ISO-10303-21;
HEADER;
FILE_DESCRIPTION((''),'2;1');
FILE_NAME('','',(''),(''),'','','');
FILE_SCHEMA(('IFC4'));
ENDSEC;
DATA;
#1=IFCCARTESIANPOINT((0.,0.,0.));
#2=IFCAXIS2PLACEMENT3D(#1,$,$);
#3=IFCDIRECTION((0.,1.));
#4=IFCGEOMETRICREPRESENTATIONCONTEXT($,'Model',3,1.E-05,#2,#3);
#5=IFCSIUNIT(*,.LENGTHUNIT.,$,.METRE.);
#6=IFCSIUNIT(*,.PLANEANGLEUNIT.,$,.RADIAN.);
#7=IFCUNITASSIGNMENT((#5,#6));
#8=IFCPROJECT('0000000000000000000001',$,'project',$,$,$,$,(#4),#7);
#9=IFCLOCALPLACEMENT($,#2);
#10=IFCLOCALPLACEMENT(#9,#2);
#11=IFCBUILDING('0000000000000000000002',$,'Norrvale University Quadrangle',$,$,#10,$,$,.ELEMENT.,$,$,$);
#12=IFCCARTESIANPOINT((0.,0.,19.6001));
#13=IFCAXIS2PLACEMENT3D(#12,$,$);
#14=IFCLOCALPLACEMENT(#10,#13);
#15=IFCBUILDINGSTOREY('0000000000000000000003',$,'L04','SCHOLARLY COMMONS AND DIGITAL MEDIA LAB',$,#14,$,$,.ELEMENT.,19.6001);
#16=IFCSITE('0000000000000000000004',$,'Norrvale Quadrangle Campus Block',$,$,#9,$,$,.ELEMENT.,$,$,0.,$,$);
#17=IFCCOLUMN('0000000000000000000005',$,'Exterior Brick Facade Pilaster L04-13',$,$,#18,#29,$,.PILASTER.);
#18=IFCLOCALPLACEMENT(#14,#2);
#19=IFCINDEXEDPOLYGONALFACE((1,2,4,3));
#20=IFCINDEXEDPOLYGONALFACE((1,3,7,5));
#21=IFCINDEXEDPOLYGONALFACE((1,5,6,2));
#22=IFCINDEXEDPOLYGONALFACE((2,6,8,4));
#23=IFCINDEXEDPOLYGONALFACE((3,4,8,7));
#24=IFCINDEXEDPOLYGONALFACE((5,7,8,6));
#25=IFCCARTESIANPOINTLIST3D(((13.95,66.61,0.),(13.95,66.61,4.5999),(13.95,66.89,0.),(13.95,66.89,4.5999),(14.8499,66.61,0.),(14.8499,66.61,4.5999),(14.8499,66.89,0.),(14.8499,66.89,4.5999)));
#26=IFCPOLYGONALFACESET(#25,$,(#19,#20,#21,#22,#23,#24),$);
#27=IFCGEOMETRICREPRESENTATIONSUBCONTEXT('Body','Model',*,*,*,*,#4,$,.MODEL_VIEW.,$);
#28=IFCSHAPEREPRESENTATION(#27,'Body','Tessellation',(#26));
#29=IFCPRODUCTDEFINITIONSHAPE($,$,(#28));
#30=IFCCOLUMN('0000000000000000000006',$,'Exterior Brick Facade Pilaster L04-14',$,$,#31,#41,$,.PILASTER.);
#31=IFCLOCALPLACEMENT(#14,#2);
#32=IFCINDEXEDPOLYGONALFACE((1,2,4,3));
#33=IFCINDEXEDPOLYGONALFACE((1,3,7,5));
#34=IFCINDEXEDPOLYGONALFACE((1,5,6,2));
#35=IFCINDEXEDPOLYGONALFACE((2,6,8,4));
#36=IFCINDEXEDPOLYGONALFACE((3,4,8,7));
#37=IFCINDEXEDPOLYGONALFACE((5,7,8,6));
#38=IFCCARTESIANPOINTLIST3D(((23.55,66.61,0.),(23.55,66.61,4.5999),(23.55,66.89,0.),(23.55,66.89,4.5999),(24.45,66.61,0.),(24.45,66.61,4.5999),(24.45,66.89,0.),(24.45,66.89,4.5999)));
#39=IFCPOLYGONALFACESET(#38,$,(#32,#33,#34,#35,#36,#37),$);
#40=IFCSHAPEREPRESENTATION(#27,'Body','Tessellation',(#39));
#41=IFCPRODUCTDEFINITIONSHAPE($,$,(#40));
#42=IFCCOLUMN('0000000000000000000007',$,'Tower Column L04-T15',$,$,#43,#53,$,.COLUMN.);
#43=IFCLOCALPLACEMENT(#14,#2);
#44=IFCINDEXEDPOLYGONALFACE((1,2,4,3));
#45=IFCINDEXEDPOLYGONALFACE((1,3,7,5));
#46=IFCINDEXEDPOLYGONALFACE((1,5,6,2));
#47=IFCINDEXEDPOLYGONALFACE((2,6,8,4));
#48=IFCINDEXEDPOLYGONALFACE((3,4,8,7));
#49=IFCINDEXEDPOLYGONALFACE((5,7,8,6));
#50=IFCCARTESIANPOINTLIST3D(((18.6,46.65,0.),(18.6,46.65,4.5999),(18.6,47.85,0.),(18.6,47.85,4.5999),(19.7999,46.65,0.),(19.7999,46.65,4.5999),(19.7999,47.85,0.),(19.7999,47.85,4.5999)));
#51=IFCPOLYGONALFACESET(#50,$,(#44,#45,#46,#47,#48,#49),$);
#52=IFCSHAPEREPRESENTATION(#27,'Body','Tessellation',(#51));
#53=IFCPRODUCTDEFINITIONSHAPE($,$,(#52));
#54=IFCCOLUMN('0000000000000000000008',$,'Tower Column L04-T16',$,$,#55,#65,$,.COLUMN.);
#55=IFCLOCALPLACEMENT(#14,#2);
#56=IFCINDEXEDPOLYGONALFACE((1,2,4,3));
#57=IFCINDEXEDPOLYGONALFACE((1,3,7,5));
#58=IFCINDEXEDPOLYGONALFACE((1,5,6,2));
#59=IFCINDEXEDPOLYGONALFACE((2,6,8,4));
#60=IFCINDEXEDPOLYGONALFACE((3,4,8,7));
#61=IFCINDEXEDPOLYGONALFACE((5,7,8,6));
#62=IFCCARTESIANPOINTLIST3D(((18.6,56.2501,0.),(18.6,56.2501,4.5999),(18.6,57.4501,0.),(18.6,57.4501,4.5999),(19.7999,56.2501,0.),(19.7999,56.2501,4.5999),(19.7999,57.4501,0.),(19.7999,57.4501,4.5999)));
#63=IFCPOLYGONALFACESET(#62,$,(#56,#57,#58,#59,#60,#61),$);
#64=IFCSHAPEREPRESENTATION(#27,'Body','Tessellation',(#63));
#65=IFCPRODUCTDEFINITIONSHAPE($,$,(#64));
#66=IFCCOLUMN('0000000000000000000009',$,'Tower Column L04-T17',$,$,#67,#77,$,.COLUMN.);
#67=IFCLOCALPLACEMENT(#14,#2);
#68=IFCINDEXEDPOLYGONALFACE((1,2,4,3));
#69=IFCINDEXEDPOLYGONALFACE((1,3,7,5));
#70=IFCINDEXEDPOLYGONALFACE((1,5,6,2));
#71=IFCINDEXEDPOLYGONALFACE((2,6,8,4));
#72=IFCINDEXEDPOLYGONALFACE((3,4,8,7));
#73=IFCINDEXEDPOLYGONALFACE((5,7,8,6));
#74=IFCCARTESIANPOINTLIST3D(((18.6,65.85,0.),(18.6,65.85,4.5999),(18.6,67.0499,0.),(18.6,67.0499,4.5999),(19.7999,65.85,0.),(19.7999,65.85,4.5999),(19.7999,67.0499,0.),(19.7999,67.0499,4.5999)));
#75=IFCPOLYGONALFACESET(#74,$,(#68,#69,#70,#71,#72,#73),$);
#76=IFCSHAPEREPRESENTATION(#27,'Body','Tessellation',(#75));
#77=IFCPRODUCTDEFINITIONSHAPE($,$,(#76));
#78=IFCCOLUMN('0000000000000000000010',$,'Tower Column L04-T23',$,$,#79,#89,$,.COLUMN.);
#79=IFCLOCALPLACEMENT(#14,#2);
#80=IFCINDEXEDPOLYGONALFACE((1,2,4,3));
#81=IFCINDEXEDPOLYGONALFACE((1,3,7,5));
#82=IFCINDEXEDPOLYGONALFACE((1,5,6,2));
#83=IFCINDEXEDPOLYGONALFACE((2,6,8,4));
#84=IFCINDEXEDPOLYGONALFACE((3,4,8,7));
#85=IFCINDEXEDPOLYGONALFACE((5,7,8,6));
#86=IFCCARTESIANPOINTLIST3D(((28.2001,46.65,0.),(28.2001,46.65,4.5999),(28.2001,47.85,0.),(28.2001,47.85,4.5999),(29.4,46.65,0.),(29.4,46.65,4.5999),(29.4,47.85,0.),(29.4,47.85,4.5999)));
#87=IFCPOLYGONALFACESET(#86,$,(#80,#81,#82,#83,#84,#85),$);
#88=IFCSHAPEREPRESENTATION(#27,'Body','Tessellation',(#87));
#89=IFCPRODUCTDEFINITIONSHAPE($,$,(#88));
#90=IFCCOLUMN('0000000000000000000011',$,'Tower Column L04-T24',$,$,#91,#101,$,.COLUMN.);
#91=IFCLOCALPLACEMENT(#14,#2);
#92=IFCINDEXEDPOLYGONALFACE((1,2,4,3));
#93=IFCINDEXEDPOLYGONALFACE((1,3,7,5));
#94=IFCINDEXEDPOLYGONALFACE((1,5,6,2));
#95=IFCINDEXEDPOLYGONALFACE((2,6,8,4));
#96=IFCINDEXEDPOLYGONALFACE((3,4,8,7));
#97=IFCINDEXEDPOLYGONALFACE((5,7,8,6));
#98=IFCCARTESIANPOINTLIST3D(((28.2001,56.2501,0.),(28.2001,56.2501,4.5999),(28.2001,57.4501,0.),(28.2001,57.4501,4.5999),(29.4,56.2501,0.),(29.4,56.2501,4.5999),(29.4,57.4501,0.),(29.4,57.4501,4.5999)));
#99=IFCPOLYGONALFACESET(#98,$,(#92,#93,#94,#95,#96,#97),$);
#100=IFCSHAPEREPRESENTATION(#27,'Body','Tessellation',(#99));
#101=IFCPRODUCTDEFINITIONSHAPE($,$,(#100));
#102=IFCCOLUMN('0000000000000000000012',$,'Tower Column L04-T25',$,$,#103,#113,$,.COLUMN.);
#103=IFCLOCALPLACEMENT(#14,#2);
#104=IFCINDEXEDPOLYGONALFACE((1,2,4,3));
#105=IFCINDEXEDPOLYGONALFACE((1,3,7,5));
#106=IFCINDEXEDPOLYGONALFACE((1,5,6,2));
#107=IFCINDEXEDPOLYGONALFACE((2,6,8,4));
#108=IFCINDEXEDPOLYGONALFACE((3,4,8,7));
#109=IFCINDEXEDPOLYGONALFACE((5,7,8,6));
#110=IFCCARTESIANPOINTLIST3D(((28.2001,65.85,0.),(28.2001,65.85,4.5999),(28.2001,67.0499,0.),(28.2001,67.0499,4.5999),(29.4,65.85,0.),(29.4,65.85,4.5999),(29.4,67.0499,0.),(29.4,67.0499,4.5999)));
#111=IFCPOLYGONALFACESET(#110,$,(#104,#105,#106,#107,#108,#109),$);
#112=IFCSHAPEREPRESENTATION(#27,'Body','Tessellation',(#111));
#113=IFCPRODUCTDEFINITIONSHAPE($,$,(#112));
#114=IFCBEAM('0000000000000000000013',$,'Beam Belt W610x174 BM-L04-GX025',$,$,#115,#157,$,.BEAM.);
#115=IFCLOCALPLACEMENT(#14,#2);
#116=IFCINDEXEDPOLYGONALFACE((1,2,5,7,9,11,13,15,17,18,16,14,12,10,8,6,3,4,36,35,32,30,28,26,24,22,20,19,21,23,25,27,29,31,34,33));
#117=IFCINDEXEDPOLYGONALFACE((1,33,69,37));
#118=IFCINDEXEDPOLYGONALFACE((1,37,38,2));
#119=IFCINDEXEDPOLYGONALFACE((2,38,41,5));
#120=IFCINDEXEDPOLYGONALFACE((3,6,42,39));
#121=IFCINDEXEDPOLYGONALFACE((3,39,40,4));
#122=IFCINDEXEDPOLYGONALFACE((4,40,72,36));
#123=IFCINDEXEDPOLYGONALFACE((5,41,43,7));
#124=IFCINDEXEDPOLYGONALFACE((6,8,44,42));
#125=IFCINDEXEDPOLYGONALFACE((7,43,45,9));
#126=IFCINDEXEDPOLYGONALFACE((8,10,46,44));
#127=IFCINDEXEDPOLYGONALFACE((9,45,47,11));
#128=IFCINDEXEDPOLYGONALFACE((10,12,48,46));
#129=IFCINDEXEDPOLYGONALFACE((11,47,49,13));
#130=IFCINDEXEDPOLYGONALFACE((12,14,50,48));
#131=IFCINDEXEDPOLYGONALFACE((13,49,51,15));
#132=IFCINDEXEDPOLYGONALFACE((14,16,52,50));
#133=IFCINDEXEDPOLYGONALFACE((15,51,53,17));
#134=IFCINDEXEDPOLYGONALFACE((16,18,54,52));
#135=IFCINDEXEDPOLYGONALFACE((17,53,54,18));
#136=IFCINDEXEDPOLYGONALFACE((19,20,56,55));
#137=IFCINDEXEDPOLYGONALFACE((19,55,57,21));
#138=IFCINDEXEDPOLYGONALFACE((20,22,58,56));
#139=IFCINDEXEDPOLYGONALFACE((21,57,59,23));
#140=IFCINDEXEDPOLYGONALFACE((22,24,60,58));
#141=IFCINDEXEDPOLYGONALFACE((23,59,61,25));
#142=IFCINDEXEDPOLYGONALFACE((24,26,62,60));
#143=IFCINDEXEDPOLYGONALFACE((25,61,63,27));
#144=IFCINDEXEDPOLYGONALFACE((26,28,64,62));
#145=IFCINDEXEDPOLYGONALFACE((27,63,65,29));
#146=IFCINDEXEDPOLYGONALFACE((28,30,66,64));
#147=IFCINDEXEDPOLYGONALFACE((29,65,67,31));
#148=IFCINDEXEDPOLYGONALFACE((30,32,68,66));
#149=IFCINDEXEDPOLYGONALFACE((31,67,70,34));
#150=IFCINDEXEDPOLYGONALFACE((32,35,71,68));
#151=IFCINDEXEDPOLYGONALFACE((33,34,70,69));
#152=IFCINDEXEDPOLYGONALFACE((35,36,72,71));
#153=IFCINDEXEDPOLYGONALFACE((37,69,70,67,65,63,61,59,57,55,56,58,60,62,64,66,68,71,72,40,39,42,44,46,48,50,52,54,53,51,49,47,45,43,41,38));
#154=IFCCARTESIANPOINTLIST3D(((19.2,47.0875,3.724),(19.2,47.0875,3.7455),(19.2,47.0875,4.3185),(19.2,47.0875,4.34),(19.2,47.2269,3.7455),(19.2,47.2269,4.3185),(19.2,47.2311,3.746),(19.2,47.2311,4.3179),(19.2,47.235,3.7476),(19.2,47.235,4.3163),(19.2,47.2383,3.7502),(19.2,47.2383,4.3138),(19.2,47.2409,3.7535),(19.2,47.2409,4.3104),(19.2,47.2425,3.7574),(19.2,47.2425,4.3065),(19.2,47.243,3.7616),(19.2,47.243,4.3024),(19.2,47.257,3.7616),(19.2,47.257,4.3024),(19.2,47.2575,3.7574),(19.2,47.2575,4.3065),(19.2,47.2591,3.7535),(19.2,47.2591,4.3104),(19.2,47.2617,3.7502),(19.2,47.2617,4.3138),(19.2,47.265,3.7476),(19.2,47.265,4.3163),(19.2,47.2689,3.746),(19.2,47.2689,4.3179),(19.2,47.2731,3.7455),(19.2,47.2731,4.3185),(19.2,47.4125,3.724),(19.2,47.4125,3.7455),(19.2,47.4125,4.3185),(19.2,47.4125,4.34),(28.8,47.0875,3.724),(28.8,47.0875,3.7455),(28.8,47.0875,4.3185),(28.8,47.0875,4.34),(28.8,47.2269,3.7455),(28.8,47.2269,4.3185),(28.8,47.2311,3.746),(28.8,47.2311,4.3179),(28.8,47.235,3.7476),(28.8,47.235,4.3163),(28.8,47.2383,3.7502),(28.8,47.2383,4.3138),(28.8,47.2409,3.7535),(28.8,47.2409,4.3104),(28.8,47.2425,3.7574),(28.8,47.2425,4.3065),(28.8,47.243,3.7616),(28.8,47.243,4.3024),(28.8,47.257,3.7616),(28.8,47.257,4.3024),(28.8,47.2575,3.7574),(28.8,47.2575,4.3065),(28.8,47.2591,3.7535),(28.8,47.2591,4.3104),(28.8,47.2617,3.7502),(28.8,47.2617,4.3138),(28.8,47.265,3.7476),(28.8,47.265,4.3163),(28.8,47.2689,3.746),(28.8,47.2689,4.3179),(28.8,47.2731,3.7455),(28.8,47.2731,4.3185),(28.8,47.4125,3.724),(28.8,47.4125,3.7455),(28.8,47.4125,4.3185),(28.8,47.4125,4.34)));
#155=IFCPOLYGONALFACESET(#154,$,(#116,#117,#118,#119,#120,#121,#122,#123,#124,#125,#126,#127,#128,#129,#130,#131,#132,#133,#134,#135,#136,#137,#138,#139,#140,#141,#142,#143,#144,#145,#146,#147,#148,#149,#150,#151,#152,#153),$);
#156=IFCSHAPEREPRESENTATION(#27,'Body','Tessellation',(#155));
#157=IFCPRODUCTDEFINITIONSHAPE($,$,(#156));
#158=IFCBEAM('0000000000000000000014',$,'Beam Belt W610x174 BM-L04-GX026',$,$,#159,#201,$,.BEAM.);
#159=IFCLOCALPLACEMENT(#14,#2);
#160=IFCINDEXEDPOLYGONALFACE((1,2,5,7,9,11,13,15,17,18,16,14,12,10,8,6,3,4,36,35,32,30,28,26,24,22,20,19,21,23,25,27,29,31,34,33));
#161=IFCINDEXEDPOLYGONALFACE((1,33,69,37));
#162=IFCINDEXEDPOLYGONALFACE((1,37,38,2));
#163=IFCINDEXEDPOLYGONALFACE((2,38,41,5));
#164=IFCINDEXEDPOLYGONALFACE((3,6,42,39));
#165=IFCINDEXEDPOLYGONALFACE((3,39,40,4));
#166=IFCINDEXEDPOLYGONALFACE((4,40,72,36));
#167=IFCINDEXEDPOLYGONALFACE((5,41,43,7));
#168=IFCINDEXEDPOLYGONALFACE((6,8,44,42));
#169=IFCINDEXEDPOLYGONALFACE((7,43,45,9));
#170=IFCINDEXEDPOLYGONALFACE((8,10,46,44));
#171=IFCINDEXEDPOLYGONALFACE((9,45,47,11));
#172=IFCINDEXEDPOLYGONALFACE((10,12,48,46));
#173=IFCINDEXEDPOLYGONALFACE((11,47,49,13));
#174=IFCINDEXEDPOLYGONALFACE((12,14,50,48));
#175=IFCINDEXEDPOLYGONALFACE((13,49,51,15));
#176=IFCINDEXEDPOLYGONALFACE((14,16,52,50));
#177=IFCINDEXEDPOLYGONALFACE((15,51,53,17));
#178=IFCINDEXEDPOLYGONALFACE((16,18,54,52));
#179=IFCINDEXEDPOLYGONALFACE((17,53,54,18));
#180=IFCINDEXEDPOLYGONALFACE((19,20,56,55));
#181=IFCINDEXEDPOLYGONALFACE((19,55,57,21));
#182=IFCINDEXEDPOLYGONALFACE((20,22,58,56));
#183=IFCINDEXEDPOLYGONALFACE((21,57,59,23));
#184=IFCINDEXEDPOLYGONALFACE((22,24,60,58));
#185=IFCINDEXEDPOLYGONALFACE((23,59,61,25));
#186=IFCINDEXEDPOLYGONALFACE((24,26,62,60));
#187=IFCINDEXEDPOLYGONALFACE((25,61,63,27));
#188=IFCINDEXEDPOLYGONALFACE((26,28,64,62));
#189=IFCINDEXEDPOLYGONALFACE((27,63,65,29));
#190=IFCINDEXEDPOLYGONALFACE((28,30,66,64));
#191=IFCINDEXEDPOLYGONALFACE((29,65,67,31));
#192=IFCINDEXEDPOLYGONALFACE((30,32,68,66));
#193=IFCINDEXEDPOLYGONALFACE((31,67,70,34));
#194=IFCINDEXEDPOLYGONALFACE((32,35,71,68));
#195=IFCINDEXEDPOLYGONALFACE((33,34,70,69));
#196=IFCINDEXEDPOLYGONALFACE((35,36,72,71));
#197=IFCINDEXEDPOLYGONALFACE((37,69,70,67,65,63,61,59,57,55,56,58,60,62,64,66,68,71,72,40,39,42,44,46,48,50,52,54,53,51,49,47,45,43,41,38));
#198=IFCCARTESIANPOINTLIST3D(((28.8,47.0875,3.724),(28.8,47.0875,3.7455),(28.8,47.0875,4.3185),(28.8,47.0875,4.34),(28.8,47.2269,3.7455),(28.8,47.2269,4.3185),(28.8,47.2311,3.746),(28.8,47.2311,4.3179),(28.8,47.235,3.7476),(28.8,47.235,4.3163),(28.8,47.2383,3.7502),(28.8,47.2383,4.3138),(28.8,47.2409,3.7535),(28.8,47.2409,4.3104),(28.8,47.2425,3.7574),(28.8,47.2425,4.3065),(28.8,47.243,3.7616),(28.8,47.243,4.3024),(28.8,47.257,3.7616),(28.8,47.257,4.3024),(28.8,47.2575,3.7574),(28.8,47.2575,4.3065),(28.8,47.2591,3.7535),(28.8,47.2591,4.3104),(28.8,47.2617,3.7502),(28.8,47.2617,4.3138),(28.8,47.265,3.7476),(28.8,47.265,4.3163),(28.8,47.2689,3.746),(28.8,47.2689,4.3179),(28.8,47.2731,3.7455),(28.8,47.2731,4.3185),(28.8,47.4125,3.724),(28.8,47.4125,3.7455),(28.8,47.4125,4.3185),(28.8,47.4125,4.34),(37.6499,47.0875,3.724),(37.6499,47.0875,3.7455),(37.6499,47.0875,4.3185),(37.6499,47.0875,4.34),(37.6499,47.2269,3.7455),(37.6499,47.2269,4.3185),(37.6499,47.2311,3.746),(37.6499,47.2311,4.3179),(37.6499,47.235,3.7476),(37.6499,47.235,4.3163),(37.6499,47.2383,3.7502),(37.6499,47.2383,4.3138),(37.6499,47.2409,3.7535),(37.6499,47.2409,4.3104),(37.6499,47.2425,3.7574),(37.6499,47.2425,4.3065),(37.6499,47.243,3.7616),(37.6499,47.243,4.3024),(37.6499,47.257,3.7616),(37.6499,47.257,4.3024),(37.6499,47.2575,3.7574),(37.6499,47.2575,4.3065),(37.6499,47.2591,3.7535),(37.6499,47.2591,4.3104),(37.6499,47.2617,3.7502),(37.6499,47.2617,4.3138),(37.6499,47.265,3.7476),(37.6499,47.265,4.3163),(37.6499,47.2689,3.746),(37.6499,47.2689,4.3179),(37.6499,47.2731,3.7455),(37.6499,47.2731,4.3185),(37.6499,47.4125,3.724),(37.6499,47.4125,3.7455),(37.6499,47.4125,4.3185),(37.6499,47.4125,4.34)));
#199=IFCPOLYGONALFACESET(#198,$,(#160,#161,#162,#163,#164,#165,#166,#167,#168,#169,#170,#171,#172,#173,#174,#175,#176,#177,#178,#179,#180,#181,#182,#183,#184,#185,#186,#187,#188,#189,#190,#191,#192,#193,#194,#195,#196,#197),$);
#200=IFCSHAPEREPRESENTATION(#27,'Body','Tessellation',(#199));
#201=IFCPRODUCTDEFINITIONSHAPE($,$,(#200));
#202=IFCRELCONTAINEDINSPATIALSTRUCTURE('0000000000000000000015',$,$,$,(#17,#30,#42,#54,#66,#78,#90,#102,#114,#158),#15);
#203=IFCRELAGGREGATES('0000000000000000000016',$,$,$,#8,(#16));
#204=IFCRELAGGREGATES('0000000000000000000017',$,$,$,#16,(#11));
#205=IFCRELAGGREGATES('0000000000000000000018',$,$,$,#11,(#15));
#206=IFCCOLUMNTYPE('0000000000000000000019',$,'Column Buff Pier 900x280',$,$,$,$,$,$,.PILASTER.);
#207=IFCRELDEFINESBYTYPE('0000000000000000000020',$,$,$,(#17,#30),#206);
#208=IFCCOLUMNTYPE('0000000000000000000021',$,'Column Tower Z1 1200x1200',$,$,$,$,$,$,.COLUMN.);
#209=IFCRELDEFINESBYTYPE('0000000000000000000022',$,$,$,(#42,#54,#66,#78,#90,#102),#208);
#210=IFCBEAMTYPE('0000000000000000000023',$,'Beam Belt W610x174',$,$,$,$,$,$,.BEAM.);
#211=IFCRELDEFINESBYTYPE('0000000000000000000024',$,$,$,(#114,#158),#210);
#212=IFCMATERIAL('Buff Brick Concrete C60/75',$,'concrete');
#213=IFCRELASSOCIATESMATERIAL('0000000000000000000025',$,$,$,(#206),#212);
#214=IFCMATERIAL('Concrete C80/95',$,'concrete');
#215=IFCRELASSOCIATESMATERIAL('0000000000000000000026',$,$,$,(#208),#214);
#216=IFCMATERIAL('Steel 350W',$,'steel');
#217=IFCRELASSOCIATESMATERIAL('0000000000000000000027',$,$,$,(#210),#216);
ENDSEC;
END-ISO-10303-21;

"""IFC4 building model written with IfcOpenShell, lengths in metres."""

from ifc_helpers import new_model, si_unit, direction, frame, origin, origin_2d, place, context, subcontext, project, spatial, rectangle, i_section, extrude, material, material_profile, profile_set, type_object, element, save


model = new_model("IFC4")

# Units and contexts
model_context = context("Model", 3, precision=1e-05, world=origin(), true_north=direction((0.0, 1.0)))
body_context = subcontext(model_context, "Body", "Model", "MODEL_VIEW")
ifc_project = project(units=[si_unit("LENGTHUNIT", "METRE"), si_unit("PLANEANGLEUNIT", "RADIAN")], contexts=[model_context])

# Site, building, storey
site_placement = place(None, origin())
site = spatial("IfcSite", under=ifc_project, at=site_placement, Name="Norrvale Quadrangle Campus Block", CompositionType="ELEMENT", RefElevation=0.0)
building_placement = place(site_placement, origin())
building = spatial("IfcBuilding", under=site, at=building_placement, Name="Norrvale University Quadrangle", CompositionType="ELEMENT")
storey_placement = place(building_placement, frame((0.0, 0.0, 19.6001)))
storey = spatial("IfcBuildingStorey", under=building, at=storey_placement, Name="L04", Description="SCHOLARLY COMMONS AND DIGITAL MEDIA LAB", CompositionType="ELEMENT", Elevation=19.6001)

# Columns
ifc_material_1 = material(Name="Buff Brick Concrete C60/75", Category="concrete")
ifc_material_profile_1 = material_profile(ifc_material_1, rectangle(XDim=0.8999, YDim=0.28, at=origin_2d()), Name="Buff Brick Concrete C60/75")
ifc_profile_set_1 = profile_set([ifc_material_profile_1], Name="Buff Brick Concrete C60/75")
column_type_1 = type_object("IfcColumnType", Name="Column Buff Pier 900x280", PredefinedType="PILASTER", material=ifc_profile_set_1)
for number, where, z_axis, x_axis, name in (
    (1, (14.3999, 66.75, 0.0), (0.0, 0.0, 1.0), (1.0, 0.0, 0.0), "Exterior Brick Facade Pilaster L04-13"),
    (2, (24.0, 66.75, 0.0), (0.0, 0.0, 1.0), (1.0, 0.0, 0.0), "Exterior Brick Facade Pilaster L04-14"),
):
    element("IfcColumn", number, at=place(storey_placement, frame(where, z_axis=z_axis, x_axis=x_axis)), inside=storey, type_object=column_type_1, Name=name, PredefinedType="PILASTER", context=body_context, shape_type="SweptSolid", body=[
        extrude(rectangle(XDim=0.8999, YDim=0.28, at=origin_2d()), origin(), (0.0, 0.0, 1.0), 4.5999),
    ])
ifc_material_2 = material(Name="Concrete C80/95", Category="concrete")
ifc_material_profile_2 = material_profile(ifc_material_2, rectangle(XDim=1.2, YDim=1.2, at=origin_2d()), Name="Concrete C80/95")
ifc_profile_set_2 = profile_set([ifc_material_profile_2], Name="Concrete C80/95")
column_type_2 = type_object("IfcColumnType", Name="Column Tower Z1 1200x1200", PredefinedType="COLUMN", material=ifc_profile_set_2)
for number, where, z_axis, x_axis, name in (
    (3, (19.2, 47.25, 0.0), (0.0, 0.0, 1.0), (1.0, 0.0, 0.0), "Tower Column L04-T15"),
    (4, (19.2, 56.8501, 0.0), (0.0, 0.0, 1.0), (1.0, 0.0, 0.0), "Tower Column L04-T16"),
    (5, (19.2, 66.45, 0.0), (0.0, 0.0, 1.0), (1.0, 0.0, 0.0), "Tower Column L04-T17"),
    (6, (28.8, 47.25, 0.0), (0.0, 0.0, 1.0), (1.0, 0.0, 0.0), "Tower Column L04-T23"),
    (7, (28.8, 56.8501, 0.0), (0.0, 0.0, 1.0), (1.0, 0.0, 0.0), "Tower Column L04-T24"),
    (8, (28.8, 66.45, 0.0), (0.0, 0.0, 1.0), (1.0, 0.0, 0.0), "Tower Column L04-T25"),
):
    element("IfcColumn", number, at=place(storey_placement, frame(where, z_axis=z_axis, x_axis=x_axis)), inside=storey, type_object=column_type_2, Name=name, PredefinedType="COLUMN", context=body_context, shape_type="SweptSolid", body=[
        extrude(rectangle(XDim=1.2, YDim=1.2, at=origin_2d()), origin(), (0.0, 0.0, 1.0), 4.5999),
    ])

# Beams
ifc_material_3 = material(Name="Steel 350W", Category="steel")
ifc_material_profile_3 = material_profile(ifc_material_3, i_section(OverallWidth=0.325, OverallDepth=0.616, WebThickness=0.0139, FlangeThickness=0.0215, FilletRadius=0.0161, at=origin_2d()), Name="Steel 350W")
ifc_profile_set_3 = profile_set([ifc_material_profile_3], Name="Steel 350W")
beam_type_1 = type_object("IfcBeamType", Name="Beam Belt W610x174", PredefinedType="BEAM", material=ifc_profile_set_3)
beam_1_placement = place(storey_placement, frame((19.2, 47.25, 4.032), z_axis=(1.0, 0.0, 0.0), x_axis=(0.0, 1.0, 0.0)))
element("IfcBeam", 9, at=beam_1_placement, inside=storey, type_object=beam_type_1, Name="Beam Belt W610x174 BM-L04-GX025", PredefinedType="BEAM", context=body_context, shape_type="SweptSolid", body=[
    extrude(i_section(OverallWidth=0.325, OverallDepth=0.616, WebThickness=0.0139, FlangeThickness=0.0215, FilletRadius=0.0161, at=origin_2d()), origin(), (0.0, 0.0, 1.0), 9.6001),
])
beam_2_placement = place(storey_placement, frame((28.8, 47.25, 4.032), z_axis=(1.0, 0.0, 0.0), x_axis=(0.0, 1.0, 0.0)))
element("IfcBeam", 10, at=beam_2_placement, inside=storey, type_object=beam_type_1, Name="Beam Belt W610x174 BM-L04-GX026", PredefinedType="BEAM", context=body_context, shape_type="SweptSolid", body=[
    extrude(i_section(OverallWidth=0.325, OverallDepth=0.616, WebThickness=0.0139, FlangeThickness=0.0215, FilletRadius=0.0161, at=origin_2d()), origin(), (0.0, 0.0, 1.0), 8.8499),
])

save(model, "model.ifc")
